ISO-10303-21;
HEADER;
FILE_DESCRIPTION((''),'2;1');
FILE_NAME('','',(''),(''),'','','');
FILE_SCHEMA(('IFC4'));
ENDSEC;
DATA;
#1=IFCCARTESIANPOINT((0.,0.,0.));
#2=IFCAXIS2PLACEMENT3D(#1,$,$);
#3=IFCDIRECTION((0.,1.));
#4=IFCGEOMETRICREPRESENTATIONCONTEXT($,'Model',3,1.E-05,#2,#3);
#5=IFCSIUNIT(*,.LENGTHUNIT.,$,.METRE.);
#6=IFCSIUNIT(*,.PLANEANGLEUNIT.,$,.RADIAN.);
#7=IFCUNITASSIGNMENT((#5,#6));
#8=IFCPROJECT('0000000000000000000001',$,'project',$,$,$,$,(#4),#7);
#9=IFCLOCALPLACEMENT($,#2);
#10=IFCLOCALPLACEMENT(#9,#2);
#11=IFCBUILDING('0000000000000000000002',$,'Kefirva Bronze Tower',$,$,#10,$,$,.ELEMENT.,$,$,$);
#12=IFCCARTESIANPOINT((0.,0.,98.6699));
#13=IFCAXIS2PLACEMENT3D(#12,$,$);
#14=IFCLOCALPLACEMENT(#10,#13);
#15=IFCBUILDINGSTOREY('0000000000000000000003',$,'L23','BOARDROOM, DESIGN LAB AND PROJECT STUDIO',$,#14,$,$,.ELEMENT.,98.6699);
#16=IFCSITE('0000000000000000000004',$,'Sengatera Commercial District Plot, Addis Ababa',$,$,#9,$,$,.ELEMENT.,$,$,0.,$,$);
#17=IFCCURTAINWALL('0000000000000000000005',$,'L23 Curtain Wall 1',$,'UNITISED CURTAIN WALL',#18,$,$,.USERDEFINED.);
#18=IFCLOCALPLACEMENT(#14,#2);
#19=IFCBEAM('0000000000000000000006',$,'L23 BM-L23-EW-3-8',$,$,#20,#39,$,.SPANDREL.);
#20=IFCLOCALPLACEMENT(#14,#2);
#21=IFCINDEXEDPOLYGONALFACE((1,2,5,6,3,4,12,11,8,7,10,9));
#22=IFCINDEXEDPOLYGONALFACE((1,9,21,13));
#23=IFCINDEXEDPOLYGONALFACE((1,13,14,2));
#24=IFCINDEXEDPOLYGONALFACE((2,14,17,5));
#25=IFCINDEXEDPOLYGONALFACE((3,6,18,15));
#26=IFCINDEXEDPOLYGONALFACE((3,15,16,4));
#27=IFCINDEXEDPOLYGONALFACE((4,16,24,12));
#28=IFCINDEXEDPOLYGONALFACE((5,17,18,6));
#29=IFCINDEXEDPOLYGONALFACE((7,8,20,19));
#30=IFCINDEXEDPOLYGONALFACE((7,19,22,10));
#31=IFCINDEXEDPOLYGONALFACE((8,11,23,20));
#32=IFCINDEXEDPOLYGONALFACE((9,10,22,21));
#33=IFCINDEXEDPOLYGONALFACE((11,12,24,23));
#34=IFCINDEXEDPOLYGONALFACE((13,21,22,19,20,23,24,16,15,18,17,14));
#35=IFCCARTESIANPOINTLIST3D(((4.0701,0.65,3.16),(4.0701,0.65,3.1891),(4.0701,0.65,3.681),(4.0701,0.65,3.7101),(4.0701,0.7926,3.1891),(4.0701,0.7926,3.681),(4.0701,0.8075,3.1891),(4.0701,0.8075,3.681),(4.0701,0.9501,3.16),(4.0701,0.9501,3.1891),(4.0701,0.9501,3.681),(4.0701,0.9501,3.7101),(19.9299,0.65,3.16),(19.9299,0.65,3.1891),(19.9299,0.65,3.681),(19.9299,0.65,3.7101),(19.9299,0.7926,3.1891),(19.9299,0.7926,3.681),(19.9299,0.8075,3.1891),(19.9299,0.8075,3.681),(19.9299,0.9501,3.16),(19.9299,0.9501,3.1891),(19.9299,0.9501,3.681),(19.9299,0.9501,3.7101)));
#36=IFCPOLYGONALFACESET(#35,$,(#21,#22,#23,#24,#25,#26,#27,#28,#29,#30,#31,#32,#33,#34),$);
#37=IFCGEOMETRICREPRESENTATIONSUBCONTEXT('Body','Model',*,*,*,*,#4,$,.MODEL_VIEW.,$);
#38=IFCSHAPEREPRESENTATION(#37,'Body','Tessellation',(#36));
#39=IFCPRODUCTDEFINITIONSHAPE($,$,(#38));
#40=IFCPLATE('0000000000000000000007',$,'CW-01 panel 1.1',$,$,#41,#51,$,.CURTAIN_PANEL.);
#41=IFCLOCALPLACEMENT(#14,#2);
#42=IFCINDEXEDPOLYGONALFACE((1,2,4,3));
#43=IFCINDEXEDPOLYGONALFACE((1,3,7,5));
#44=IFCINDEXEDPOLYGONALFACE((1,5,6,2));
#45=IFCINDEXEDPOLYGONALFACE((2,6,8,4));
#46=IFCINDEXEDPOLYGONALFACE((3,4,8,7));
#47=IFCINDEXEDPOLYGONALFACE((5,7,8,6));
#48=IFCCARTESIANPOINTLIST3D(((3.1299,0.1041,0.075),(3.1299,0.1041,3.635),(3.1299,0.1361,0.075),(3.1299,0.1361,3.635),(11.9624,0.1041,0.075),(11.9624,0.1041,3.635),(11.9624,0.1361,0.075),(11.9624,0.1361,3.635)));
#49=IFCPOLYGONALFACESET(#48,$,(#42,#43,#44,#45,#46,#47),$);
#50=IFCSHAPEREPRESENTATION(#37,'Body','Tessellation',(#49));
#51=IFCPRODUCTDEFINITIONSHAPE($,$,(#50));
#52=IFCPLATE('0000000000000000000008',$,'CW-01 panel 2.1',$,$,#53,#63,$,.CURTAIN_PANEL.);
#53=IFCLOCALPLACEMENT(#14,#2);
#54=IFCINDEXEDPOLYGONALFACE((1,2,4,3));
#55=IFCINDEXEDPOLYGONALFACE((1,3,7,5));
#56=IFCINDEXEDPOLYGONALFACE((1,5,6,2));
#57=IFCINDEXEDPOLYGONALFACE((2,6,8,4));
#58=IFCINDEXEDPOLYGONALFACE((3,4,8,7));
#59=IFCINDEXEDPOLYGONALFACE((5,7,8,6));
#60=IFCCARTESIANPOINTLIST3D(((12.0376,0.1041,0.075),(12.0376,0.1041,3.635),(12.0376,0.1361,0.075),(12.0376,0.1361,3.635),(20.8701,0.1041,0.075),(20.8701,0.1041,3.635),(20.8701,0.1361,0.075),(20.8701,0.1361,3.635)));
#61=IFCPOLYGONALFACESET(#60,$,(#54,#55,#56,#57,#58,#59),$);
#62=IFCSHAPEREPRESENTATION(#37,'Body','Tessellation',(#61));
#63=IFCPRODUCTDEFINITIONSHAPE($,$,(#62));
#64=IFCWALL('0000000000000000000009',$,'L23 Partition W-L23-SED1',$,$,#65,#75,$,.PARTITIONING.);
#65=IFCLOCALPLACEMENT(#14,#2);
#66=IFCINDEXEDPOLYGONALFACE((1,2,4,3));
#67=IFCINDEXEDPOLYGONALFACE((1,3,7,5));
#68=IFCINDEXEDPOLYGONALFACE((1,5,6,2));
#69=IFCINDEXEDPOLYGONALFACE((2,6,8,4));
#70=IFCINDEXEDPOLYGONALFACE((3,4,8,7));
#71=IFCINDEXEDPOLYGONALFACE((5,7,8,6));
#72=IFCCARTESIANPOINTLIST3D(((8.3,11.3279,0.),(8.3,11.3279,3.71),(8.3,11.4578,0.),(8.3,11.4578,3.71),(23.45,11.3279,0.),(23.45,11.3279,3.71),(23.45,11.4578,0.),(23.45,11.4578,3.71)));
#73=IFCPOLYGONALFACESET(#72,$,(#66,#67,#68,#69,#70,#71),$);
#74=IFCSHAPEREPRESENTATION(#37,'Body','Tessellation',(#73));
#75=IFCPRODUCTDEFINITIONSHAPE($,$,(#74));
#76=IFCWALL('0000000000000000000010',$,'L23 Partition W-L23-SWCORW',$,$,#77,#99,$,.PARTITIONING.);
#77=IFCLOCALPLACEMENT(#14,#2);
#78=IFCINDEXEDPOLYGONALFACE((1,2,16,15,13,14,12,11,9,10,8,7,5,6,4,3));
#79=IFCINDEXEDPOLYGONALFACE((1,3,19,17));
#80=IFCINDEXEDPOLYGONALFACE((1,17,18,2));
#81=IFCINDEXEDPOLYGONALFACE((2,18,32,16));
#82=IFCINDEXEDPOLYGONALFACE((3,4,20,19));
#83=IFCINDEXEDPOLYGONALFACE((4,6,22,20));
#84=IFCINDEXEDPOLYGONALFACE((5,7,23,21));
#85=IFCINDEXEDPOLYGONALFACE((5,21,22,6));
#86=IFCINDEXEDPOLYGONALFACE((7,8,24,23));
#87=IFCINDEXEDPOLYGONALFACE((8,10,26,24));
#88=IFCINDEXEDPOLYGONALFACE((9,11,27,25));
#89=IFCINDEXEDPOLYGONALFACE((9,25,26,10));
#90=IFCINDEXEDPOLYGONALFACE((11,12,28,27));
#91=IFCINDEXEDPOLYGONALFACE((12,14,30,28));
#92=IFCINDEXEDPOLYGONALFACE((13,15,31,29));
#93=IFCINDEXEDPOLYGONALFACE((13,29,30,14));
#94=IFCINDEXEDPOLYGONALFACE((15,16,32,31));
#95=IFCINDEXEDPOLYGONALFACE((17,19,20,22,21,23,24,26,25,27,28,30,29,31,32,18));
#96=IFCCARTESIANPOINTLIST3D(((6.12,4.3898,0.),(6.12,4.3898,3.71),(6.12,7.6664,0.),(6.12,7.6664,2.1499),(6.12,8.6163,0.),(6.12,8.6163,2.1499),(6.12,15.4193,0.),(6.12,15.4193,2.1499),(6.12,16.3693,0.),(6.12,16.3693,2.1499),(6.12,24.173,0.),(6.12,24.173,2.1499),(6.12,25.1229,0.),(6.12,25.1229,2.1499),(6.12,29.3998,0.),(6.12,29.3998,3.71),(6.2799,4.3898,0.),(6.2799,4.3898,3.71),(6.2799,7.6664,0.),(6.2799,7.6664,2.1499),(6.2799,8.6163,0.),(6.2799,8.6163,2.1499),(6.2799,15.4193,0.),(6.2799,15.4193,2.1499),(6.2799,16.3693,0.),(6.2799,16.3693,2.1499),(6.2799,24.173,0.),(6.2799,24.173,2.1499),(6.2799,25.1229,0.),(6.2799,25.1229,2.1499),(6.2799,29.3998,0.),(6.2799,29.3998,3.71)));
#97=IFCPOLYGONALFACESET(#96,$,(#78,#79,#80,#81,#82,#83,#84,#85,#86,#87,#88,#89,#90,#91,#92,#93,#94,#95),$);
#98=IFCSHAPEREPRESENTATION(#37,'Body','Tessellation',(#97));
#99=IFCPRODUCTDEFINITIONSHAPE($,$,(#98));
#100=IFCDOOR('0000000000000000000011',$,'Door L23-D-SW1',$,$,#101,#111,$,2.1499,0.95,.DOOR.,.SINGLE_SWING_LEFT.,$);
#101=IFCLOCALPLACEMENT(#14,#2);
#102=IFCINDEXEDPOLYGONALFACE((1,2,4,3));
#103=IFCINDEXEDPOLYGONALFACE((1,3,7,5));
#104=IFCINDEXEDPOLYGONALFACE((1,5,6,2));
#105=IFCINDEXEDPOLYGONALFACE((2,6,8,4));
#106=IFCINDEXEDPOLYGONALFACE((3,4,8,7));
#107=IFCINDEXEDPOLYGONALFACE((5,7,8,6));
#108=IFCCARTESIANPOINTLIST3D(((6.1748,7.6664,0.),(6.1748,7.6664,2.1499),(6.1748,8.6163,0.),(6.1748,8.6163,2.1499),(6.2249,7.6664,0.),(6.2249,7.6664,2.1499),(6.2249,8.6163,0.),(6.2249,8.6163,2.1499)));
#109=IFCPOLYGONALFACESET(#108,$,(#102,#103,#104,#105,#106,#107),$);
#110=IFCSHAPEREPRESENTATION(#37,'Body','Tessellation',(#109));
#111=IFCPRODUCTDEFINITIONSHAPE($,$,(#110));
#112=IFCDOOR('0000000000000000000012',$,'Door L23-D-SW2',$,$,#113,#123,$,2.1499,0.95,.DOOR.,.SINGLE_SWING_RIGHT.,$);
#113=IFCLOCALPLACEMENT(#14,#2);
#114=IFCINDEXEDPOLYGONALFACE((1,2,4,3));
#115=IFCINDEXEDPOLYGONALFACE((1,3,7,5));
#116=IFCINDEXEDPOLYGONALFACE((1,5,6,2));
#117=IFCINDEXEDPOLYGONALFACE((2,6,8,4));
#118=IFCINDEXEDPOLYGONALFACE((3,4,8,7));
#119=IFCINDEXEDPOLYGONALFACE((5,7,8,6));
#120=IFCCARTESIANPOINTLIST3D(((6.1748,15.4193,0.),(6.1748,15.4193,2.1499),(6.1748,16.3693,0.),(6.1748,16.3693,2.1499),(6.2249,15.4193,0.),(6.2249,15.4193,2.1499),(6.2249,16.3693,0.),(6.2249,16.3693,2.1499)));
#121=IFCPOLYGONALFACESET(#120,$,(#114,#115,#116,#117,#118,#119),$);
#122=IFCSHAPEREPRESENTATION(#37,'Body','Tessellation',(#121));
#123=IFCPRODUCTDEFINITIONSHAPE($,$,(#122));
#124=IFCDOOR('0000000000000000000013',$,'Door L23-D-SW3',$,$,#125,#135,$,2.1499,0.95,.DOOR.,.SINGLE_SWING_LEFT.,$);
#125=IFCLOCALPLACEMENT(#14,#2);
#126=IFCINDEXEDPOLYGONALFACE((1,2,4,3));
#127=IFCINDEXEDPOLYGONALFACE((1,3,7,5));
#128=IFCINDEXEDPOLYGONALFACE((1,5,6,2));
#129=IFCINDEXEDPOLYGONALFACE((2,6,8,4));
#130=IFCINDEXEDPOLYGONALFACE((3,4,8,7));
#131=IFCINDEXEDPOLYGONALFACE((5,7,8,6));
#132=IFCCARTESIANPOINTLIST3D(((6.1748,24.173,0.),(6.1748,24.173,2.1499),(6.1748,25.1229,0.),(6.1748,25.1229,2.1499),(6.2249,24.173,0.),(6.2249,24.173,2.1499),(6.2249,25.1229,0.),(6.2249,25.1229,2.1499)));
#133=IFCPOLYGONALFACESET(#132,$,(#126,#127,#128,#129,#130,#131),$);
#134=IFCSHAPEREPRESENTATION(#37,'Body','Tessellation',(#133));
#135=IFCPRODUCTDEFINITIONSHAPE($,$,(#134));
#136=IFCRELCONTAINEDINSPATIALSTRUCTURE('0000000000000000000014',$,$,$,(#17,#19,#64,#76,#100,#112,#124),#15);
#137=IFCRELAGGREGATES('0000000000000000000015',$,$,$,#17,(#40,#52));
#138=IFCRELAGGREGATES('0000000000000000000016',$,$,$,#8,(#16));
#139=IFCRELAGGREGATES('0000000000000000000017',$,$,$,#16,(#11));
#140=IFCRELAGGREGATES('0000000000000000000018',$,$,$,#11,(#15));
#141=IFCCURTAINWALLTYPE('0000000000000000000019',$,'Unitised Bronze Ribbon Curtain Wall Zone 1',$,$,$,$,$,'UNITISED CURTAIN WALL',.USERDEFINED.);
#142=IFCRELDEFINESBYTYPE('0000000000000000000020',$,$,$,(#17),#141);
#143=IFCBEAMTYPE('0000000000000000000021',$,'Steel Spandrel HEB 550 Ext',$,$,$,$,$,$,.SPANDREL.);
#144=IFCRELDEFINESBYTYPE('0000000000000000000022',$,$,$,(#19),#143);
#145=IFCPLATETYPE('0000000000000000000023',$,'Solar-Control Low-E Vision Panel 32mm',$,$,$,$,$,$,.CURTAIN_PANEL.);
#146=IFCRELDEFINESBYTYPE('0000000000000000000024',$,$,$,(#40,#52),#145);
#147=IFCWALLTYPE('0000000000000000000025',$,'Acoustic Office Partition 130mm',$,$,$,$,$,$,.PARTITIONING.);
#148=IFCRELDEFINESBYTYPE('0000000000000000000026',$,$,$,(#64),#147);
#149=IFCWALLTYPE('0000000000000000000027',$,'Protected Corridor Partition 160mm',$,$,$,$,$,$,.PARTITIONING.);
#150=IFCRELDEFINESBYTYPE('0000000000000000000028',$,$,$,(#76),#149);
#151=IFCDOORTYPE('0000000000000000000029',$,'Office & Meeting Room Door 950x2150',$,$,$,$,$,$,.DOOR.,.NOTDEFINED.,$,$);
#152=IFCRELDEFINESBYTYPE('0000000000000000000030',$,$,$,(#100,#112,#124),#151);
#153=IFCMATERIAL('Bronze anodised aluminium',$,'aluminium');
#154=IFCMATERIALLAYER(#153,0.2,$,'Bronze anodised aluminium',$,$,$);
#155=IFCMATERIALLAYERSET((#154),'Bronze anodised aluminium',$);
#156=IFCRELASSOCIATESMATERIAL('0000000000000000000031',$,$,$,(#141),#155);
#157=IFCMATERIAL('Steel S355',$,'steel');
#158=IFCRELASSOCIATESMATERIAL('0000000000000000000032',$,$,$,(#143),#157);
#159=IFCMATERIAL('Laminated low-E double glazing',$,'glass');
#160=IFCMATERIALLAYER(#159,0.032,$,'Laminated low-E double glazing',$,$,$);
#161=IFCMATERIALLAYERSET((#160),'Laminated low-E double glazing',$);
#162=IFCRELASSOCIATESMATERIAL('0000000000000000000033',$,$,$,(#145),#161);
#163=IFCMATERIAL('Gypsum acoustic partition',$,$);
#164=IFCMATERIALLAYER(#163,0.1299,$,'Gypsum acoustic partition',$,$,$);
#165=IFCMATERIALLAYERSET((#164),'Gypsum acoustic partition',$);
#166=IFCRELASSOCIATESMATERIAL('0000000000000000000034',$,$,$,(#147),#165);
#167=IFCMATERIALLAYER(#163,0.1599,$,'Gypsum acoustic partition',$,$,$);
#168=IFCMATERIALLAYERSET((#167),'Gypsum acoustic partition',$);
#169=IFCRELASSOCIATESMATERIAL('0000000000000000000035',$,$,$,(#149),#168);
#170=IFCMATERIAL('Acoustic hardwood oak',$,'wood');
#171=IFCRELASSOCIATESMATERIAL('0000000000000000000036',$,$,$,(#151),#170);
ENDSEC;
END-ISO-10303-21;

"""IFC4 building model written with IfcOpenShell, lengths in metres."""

from ifc_helpers import new_model, si_unit, direction, frame, frame_2d, origin, origin_2d, place, context, subcontext, project, spatial, rectangle, i_section, extrude, material, layer, layer_set, material_profile, profile_set, type_object, element, fill, aggregate, save


model = new_model("IFC4")

# Units and contexts
model_context = context("Model", 3, precision=1e-05, world=origin(), true_north=direction((0.0, 1.0)))
body_context = subcontext(model_context, "Body", "Model", "MODEL_VIEW")
ifc_project = project(units=[si_unit("LENGTHUNIT", "METRE"), si_unit("PLANEANGLEUNIT", "RADIAN")], contexts=[model_context])

# Site, building, storey
site_placement = place(None, origin())
site = spatial("IfcSite", under=ifc_project, at=site_placement, Name="Sengatera Commercial District Plot, Addis Ababa", CompositionType="ELEMENT", RefElevation=0.0)
building_placement = place(site_placement, origin())
building = spatial("IfcBuilding", under=site, at=building_placement, Name="Kefirva Bronze Tower", CompositionType="ELEMENT")
storey_placement = place(building_placement, frame((0.0, 0.0, 98.6699)))
storey = spatial("IfcBuildingStorey", under=building, at=storey_placement, Name="L23", Description="BOARDROOM, DESIGN LAB AND PROJECT STUDIO", CompositionType="ELEMENT", Elevation=98.6699)

# Curtain wall
ifc_material_1 = material(Name="Bronze anodised aluminium", Category="aluminium")
ifc_layer_1 = layer(ifc_material_1, 0.2, Name="Bronze anodised aluminium")
ifc_layer_set_1 = layer_set([ifc_layer_1], Name="Bronze anodised aluminium")
curtain_wall_type = type_object("IfcCurtainWallType", Name="Unitised Bronze Ribbon Curtain Wall Zone 1", ElementType="UNITISED CURTAIN WALL", PredefinedType="USERDEFINED", material=ifc_layer_set_1)
curtain_wall_placement = place(storey_placement, origin())
curtain_wall = element("IfcCurtainWall", 1, at=curtain_wall_placement, inside=storey, type_object=curtain_wall_type, Name="L23 Curtain Wall 1", ObjectType="UNITISED CURTAIN WALL", PredefinedType="USERDEFINED")

# Beam
ifc_material_2 = material(Name="Steel S355", Category="steel")
ifc_material_profile_1 = material_profile(ifc_material_2, i_section(OverallWidth=0.3, OverallDepth=0.55, WebThickness=0.0149, FlangeThickness=0.0291, at=origin_2d()), Name="HEB 550")
ifc_profile_set_1 = profile_set([ifc_material_profile_1], Name="Steel S355")
beam_type_1 = type_object("IfcBeamType", Name="Steel Spandrel HEB 550 Ext", PredefinedType="SPANDREL", material=ifc_profile_set_1)
beam_1_placement = place(storey_placement, frame((4.0701, 0.8, 3.4351), z_axis=(1.0, 0.0, 0.0), x_axis=(0.0, 1.0, 0.0)))
element("IfcBeam", 2, at=beam_1_placement, inside=storey, type_object=beam_type_1, Name="L23 BM-L23-EW-3-8", PredefinedType="SPANDREL", context=body_context, shape_type="SweptSolid", body=[
    extrude(i_section(OverallWidth=0.3, OverallDepth=0.55, WebThickness=0.0149, FlangeThickness=0.0291, at=origin_2d()), origin(), (0.0, 0.0, 1.0), 15.8599),
])

# Plates
ifc_material_3 = material(Name="Laminated low-E double glazing", Category="glass")
ifc_layer_2 = layer(ifc_material_3, 0.032, Name="Laminated low-E double glazing")
ifc_layer_set_2 = layer_set([ifc_layer_2], Name="Laminated low-E double glazing")
plate_type = type_object("IfcPlateType", Name="Solar-Control Low-E Vision Panel 32mm", PredefinedType="CURTAIN_PANEL", material=ifc_layer_set_2)
plate_1_placement = place(storey_placement, frame((7.5461, 0.1201, 0.075), z_axis=(0.0, 0.0, 1.0), x_axis=(1.0, 0.0, 0.0)))
plate_1 = element("IfcPlate", 3, at=plate_1_placement, type_object=plate_type, Name="CW-01 panel 1.1", PredefinedType="CURTAIN_PANEL", context=body_context, shape_type="SweptSolid", body=[
    extrude(rectangle(XDim=8.8325, YDim=0.032, at=origin_2d()), origin(), (0.0, 0.0, 1.0), 3.5601),
])
plate_2_placement = place(storey_placement, frame((16.4539, 0.1201, 0.075), z_axis=(0.0, 0.0, 1.0), x_axis=(1.0, 0.0, 0.0)))
plate_2 = element("IfcPlate", 4, at=plate_2_placement, type_object=plate_type, Name="CW-01 panel 2.1", PredefinedType="CURTAIN_PANEL", context=body_context, shape_type="SweptSolid", body=[
    extrude(rectangle(XDim=8.8325, YDim=0.032, at=origin_2d()), origin(), (0.0, 0.0, 1.0), 3.5601),
])
aggregate(curtain_wall, [plate_1, plate_2])

# Wall
ifc_material_4 = material(Name="Gypsum acoustic partition")
ifc_layer_3 = layer(ifc_material_4, 0.1299, Name="Gypsum acoustic partition")
ifc_layer_set_3 = layer_set([ifc_layer_3], Name="Gypsum acoustic partition")
wall_type_1 = type_object("IfcWallType", Name="Acoustic Office Partition 130mm", PredefinedType="PARTITIONING", material=ifc_layer_set_3)
wall_1_placement = place(storey_placement, frame((8.3, 11.3928, 0.0), z_axis=(0.0, 0.0, 1.0), x_axis=(1.0, 0.0, 0.0)))
element("IfcWall", 5, at=wall_1_placement, inside=storey, type_object=wall_type_1, Name="L23 Partition W-L23-SED1", PredefinedType="PARTITIONING", context=body_context, shape_type="SweptSolid", body=[
    extrude(rectangle(XDim=15.1499, YDim=0.1299, at=frame_2d((7.575, 0.0))), origin(), (0.0, 0.0, 1.0), 3.71),
])

# Wall, openings, doors
ifc_layer_4 = layer(ifc_material_4, 0.1599, Name="Gypsum acoustic partition")
ifc_layer_set_4 = layer_set([ifc_layer_4], Name="Gypsum acoustic partition")
wall_type_2 = type_object("IfcWallType", Name="Protected Corridor Partition 160mm", PredefinedType="PARTITIONING", material=ifc_layer_set_4)
wall_2_placement = place(storey_placement, frame((6.2, 4.3899, 0.0), z_axis=(0.0, 0.0, 1.0), x_axis=(0.0, 1.0, 0.0)))
wall_2 = element("IfcWall", 6, at=wall_2_placement, inside=storey, type_object=wall_type_2, Name="L23 Partition W-L23-SWCORW", PredefinedType="PARTITIONING", context=body_context, shape_type="SweptSolid", body=[
    extrude(rectangle(XDim=25.01, YDim=0.1599, at=frame_2d((12.5049, 0.0))), origin(), (0.0, 0.0, 1.0), 3.71),
])
opening_1_placement = place(wall_2_placement, frame((4.2266, 0.0, 0.0), z_axis=(0.0, 0.0, 1.0), x_axis=(-1.0, 0.0, 0.0)))
opening_1 = element("IfcOpeningElement", 7, at=opening_1_placement, cuts=wall_2, PredefinedType="OPENING", context=body_context, shape_type="SweptSolid", body=[
    extrude(rectangle(XDim=0.95, YDim=2.1499, at=frame_2d((0.4751, 1.075))), frame((0.0, 0.0898, 0.0), z_axis=(0.0, -1.0, 0.0), x_axis=(1.0, 0.0, 0.0)), (0.0, 0.0, 1.0), 0.1799),
])
opening_2_placement = place(wall_2_placement, frame((11.9795, 0.0, 0.0), z_axis=(0.0, 0.0, 1.0), x_axis=(-1.0, 0.0, 0.0)))
opening_2 = element("IfcOpeningElement", 8, at=opening_2_placement, cuts=wall_2, PredefinedType="OPENING", context=body_context, shape_type="SweptSolid", body=[
    extrude(rectangle(XDim=0.95, YDim=2.1499, at=frame_2d((0.4751, 1.075))), frame((0.0, 0.0898, 0.0), z_axis=(0.0, -1.0, 0.0), x_axis=(1.0, 0.0, 0.0)), (0.0, 0.0, 1.0), 0.1799),
])
opening_3_placement = place(wall_2_placement, frame((20.7332, 0.0, 0.0), z_axis=(0.0, 0.0, 1.0), x_axis=(-1.0, 0.0, 0.0)))
opening_3 = element("IfcOpeningElement", 9, at=opening_3_placement, cuts=wall_2, PredefinedType="OPENING", context=body_context, shape_type="SweptSolid", body=[
    extrude(rectangle(XDim=0.95, YDim=2.1499, at=frame_2d((0.4751, 1.075))), frame((0.0, 0.0898, 0.0), z_axis=(0.0, -1.0, 0.0), x_axis=(1.0, 0.0, 0.0)), (0.0, 0.0, 1.0), 0.1799),
])
ifc_material_5 = material(Name="Acoustic hardwood oak", Category="wood")
door_type = type_object("IfcDoorType", Name="Office & Meeting Room Door 950x2150", OperationType="NOTDEFINED", PredefinedType="DOOR", material=ifc_material_5)
door_1_placement = place(opening_1_placement, origin())
door_1 = element("IfcDoor", 10, at=door_1_placement, inside=storey, type_object=door_type, Name="Door L23-D-SW1", OperationType="SINGLE_SWING_LEFT", OverallHeight=2.1499, OverallWidth=0.95, PredefinedType="DOOR", context=body_context, shape_type="SweptSolid", body=[
    extrude(rectangle(XDim=0.95, YDim=2.1499, at=frame_2d((0.4751, 1.075))), frame((0.0, 0.0249, 0.0), z_axis=(0.0, -1.0, 0.0), x_axis=(1.0, 0.0, 0.0)), (0.0, 0.0, 1.0), 0.05),
])
fill(opening_1, door_1)
door_2_placement = place(opening_2_placement, origin())
door_2 = element("IfcDoor", 11, at=door_2_placement, inside=storey, type_object=door_type, Name="Door L23-D-SW2", OperationType="SINGLE_SWING_RIGHT", OverallHeight=2.1499, OverallWidth=0.95, PredefinedType="DOOR", context=body_context, shape_type="SweptSolid", body=[
    extrude(rectangle(XDim=0.95, YDim=2.1499, at=frame_2d((0.4751, 1.075))), frame((0.0, 0.0249, 0.0), z_axis=(0.0, -1.0, 0.0), x_axis=(1.0, 0.0, 0.0)), (0.0, 0.0, 1.0), 0.05),
])
fill(opening_2, door_2)
door_3_placement = place(opening_3_placement, origin())
door_3 = element("IfcDoor", 12, at=door_3_placement, inside=storey, type_object=door_type, Name="Door L23-D-SW3", OperationType="SINGLE_SWING_LEFT", OverallHeight=2.1499, OverallWidth=0.95, PredefinedType="DOOR", context=body_context, shape_type="SweptSolid", body=[
    extrude(rectangle(XDim=0.95, YDim=2.1499, at=frame_2d((0.4751, 1.075))), frame((0.0, 0.0249, 0.0), z_axis=(0.0, -1.0, 0.0), x_axis=(1.0, 0.0, 0.0)), (0.0, 0.0, 1.0), 0.05),
])
fill(opening_3, door_3)

save(model, "model.ifc")
